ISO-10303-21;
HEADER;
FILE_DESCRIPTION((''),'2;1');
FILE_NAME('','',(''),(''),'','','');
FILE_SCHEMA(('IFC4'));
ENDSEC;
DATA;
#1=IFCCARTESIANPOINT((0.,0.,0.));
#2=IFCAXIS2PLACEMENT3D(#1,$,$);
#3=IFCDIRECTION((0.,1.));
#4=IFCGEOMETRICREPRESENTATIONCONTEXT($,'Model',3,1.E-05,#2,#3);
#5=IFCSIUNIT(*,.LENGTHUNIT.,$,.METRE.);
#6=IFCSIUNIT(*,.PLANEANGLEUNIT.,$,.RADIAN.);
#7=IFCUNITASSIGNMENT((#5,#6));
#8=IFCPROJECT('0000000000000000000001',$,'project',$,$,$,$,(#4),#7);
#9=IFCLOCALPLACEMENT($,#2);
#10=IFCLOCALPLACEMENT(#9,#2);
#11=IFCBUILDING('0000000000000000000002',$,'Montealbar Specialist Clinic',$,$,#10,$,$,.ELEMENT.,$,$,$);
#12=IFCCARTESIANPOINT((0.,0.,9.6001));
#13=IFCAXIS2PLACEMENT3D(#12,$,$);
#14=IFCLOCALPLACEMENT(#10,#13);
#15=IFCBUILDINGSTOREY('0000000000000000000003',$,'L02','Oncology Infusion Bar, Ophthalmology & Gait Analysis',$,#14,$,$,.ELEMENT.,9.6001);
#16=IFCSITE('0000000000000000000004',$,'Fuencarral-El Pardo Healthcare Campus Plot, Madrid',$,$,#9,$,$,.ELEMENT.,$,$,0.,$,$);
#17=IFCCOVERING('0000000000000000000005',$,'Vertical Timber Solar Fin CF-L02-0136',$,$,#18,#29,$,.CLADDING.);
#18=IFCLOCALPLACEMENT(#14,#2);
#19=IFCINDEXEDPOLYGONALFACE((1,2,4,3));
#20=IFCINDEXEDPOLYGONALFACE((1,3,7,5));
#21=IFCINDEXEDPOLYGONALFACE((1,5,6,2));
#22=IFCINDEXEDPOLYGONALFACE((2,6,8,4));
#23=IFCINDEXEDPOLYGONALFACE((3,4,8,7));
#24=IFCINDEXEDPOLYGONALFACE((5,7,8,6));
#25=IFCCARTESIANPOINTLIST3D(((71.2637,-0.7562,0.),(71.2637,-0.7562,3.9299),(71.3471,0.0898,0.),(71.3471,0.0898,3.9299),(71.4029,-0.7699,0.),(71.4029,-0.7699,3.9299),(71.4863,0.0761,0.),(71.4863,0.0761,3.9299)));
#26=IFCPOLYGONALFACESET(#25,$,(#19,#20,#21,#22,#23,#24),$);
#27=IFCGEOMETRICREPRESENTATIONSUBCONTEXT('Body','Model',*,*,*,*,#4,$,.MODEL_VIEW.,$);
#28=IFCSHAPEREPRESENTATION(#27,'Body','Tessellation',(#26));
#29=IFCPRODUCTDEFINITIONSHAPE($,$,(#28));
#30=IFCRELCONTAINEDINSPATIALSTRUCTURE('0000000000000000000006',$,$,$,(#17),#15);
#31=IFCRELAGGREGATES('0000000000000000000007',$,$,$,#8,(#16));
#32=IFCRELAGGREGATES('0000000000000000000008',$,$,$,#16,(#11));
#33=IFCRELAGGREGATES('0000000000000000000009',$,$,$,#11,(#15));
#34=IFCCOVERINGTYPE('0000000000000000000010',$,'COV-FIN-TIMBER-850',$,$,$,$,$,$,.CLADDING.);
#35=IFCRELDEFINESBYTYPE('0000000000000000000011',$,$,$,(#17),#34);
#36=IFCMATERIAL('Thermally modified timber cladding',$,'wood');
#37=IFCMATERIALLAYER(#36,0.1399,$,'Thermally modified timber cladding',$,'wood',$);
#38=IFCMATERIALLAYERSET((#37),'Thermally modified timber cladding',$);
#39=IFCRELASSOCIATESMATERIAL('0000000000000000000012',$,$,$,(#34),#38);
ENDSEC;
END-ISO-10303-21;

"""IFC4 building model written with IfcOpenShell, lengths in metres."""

from ifc_helpers import new_model, si_unit, direction, frame, origin, origin_2d, place, context, subcontext, project, spatial, rectangle, extrude, material, layer, layer_set, type_object, element, save


model = new_model("IFC4")

# Units and contexts
model_context = context("Model", 3, precision=1e-05, world=origin(), true_north=direction((0.0, 1.0)))
body_context = subcontext(model_context, "Body", "Model", "MODEL_VIEW")
ifc_project = project(units=[si_unit("LENGTHUNIT", "METRE"), si_unit("PLANEANGLEUNIT", "RADIAN")], contexts=[model_context])

# Site, building, storey
site_placement = place(None, origin())
site = spatial("IfcSite", under=ifc_project, at=site_placement, Name="Fuencarral-El Pardo Healthcare Campus Plot, Madrid", CompositionType="ELEMENT", RefElevation=0.0)
building_placement = place(site_placement, origin())
building = spatial("IfcBuilding", under=site, at=building_placement, Name="Montealbar Specialist Clinic", CompositionType="ELEMENT")
storey_placement = place(building_placement, frame((0.0, 0.0, 9.6001)))
storey = spatial("IfcBuildingStorey", under=building, at=storey_placement, Name="L02", Description="Oncology Infusion Bar, Ophthalmology & Gait Analysis", CompositionType="ELEMENT", Elevation=9.6001)

# Covering
ifc_material_1 = material(Name="Thermally modified timber cladding", Category="wood")
ifc_layer_1 = layer(ifc_material_1, 0.1399, Name="Thermally modified timber cladding", Category="wood")
ifc_layer_set_1 = layer_set([ifc_layer_1], Name="Thermally modified timber cladding")
covering_type = type_object("IfcCoveringType", Name="COV-FIN-TIMBER-850", PredefinedType="CLADDING", material=ifc_layer_set_1)
covering_placement = place(storey_placement, frame((71.375, -0.3401, 0.0), z_axis=(0.0, 0.0, 1.0), x_axis=(-0.098045, -0.995182, 0.0)))
element("IfcCovering", 1, at=covering_placement, inside=storey, type_object=covering_type, Name="Vertical Timber Solar Fin CF-L02-0136", PredefinedType="CLADDING", context=body_context, shape_type="SweptSolid", body=[
    extrude(rectangle(XDim=0.8501, YDim=0.1399, at=origin_2d()), origin(), (0.0, 0.0, 1.0), 3.9299),
])

save(model, "model.ifc")
